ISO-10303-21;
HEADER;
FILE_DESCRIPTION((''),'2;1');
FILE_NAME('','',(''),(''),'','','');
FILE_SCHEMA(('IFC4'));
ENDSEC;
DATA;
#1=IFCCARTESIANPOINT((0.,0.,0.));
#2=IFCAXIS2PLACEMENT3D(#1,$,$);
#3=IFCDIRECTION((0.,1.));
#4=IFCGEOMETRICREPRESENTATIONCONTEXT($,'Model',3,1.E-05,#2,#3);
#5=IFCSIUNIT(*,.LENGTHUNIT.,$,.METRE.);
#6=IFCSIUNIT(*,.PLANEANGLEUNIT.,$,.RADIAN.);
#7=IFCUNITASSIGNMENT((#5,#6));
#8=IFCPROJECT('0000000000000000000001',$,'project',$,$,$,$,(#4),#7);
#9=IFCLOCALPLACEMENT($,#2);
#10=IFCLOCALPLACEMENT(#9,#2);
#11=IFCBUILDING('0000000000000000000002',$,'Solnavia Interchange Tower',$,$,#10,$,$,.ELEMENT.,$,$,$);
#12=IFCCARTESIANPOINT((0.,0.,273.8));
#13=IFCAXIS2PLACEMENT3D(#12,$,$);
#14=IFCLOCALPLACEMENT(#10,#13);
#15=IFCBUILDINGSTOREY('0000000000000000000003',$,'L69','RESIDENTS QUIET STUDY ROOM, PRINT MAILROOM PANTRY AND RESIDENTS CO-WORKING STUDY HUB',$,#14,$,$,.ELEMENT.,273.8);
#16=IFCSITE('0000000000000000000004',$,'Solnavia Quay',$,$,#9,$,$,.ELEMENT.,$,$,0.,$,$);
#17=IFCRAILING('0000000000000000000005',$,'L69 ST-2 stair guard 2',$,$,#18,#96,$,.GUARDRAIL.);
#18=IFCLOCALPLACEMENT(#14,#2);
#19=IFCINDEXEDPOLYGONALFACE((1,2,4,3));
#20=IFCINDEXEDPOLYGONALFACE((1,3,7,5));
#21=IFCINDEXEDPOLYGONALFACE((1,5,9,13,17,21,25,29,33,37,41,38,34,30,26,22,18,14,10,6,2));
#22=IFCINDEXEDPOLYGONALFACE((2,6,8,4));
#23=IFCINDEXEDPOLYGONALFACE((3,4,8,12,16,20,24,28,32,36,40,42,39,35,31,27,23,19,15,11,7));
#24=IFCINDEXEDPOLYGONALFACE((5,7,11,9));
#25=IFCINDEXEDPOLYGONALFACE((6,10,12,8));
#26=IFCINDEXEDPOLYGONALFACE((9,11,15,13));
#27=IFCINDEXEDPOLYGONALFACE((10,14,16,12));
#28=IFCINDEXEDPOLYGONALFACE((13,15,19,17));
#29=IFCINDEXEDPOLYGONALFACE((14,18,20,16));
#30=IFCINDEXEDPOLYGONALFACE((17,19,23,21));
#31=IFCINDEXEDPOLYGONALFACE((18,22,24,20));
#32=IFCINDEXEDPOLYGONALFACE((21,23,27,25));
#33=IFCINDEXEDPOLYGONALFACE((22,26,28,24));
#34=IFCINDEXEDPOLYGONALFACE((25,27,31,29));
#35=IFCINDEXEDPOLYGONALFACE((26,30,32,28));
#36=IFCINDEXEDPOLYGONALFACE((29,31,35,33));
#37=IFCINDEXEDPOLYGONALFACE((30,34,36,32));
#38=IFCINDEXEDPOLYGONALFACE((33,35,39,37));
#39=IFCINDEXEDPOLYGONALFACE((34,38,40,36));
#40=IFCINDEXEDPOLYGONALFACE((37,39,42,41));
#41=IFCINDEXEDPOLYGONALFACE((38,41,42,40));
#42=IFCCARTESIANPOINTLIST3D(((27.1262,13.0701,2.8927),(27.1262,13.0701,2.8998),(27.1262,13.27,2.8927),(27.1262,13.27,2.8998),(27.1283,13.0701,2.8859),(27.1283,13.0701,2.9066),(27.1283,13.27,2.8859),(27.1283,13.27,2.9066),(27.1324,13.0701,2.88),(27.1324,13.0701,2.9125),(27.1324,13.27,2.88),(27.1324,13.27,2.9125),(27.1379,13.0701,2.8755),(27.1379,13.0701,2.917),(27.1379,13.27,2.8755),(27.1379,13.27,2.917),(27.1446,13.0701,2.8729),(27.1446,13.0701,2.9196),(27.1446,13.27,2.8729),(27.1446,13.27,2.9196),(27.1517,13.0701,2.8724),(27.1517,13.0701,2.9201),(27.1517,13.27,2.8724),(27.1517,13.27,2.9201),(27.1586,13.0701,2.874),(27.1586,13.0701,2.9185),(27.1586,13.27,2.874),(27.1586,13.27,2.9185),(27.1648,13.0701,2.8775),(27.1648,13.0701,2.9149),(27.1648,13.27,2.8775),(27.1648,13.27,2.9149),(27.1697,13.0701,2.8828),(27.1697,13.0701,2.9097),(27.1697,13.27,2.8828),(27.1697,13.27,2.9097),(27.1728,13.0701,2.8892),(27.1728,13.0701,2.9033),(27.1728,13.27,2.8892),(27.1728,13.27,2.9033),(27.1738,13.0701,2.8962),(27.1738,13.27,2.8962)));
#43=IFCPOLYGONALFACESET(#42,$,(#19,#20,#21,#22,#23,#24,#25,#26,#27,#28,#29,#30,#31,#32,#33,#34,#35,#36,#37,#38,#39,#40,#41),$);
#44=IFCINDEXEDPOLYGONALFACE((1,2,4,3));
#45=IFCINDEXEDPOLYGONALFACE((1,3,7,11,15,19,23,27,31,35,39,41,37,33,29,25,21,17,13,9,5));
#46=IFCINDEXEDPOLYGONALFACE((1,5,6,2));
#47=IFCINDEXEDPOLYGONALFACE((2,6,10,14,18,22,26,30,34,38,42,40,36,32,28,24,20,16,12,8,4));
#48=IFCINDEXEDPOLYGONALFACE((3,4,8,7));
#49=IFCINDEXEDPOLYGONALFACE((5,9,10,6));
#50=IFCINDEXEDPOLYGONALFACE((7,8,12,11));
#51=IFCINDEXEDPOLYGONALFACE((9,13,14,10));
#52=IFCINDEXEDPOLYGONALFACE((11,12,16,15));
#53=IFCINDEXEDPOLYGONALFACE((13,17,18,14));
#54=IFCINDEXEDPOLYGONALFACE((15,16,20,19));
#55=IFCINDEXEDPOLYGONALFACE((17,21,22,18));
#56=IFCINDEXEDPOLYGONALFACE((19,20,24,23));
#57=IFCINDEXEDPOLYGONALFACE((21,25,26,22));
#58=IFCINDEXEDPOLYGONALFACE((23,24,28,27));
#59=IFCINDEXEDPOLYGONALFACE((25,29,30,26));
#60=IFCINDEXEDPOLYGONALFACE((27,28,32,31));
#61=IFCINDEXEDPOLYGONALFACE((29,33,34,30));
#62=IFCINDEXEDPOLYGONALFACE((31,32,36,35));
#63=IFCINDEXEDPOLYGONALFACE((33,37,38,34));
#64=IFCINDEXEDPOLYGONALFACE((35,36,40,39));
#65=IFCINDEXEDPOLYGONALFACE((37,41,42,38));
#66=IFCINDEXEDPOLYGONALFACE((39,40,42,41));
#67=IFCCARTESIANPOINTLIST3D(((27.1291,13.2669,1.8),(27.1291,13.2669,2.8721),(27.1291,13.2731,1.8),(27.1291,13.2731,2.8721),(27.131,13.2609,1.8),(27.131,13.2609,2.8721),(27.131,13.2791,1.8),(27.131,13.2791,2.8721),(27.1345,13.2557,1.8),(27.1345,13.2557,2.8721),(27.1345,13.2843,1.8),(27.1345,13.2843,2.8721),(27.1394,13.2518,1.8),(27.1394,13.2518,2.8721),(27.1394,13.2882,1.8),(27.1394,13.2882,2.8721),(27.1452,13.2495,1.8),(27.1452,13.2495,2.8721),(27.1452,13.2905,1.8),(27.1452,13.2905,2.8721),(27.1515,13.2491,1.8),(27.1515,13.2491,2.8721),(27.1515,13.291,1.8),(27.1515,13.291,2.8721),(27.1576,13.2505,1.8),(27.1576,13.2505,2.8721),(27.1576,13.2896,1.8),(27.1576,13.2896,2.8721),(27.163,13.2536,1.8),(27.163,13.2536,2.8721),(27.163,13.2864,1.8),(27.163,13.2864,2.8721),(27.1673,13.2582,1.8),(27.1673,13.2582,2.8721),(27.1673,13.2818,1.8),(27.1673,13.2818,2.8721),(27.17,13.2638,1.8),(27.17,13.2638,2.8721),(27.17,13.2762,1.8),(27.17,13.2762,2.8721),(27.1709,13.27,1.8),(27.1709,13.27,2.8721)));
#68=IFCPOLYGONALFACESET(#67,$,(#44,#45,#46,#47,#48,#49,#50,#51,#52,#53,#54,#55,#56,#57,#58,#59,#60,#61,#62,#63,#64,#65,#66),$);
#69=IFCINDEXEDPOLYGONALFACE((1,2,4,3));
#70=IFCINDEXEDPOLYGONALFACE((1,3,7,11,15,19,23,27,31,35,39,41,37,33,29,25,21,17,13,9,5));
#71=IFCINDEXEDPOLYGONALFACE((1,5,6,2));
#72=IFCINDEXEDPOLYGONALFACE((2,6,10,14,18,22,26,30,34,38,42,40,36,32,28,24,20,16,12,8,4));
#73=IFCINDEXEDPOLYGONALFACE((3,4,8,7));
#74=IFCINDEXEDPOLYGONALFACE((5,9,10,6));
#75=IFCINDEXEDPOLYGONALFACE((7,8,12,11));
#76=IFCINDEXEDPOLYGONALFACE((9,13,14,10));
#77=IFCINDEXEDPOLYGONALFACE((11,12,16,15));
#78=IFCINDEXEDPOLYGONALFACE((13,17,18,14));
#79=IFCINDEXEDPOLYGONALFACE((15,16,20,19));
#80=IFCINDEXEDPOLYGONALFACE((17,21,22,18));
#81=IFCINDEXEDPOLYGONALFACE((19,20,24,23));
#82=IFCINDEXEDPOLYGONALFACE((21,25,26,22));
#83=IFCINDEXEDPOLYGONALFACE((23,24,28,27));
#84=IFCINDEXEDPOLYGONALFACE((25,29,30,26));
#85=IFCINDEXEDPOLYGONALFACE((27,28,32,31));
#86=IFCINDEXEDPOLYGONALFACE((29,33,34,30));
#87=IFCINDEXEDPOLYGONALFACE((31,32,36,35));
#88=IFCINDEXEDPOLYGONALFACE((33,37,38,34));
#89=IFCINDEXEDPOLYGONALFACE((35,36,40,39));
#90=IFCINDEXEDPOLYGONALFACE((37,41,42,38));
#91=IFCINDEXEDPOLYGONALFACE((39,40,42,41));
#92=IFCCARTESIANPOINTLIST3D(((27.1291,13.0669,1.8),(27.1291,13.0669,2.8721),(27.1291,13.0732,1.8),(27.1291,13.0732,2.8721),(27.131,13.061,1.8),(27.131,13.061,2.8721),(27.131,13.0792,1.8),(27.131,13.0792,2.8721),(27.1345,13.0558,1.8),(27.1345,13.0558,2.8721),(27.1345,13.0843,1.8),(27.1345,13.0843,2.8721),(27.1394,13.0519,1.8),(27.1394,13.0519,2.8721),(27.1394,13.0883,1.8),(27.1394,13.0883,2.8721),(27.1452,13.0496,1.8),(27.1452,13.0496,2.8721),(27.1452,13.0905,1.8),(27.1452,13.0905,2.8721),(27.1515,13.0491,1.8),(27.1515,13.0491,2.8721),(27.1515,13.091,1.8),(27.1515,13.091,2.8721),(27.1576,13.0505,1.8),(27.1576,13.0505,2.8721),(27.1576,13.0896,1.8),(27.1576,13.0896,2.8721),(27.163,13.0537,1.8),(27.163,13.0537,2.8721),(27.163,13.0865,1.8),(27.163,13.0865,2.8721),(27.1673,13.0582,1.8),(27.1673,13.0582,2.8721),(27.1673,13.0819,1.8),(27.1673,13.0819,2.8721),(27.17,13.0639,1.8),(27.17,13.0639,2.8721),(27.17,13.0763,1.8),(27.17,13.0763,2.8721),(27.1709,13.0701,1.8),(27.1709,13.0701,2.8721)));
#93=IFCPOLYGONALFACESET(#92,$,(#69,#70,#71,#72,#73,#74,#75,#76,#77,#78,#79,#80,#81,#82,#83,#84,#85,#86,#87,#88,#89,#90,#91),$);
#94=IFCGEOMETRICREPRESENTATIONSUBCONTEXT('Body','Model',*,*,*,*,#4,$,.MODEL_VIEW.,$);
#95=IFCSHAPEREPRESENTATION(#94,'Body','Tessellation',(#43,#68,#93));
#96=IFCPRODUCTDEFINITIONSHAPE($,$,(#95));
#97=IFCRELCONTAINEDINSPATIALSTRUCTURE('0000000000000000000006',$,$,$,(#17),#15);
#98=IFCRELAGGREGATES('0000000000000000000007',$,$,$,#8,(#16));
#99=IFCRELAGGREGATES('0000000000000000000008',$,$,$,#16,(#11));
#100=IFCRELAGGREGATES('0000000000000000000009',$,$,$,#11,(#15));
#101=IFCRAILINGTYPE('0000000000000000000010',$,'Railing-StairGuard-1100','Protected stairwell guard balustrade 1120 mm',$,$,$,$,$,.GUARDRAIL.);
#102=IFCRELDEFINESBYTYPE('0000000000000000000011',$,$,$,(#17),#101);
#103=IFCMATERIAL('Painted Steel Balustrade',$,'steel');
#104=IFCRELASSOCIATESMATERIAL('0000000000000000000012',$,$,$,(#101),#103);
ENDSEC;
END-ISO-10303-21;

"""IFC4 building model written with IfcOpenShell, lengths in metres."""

from ifc_helpers import new_model, si_unit, direction, frame, origin, origin_2d, place, context, subcontext, project, spatial, circle, extrude, material, type_object, element, save


model = new_model("IFC4")

# Units and contexts
model_context = context("Model", 3, precision=1e-05, world=origin(), true_north=direction((0.0, 1.0)))
body_context = subcontext(model_context, "Body", "Model", "MODEL_VIEW")
ifc_project = project(units=[si_unit("LENGTHUNIT", "METRE"), si_unit("PLANEANGLEUNIT", "RADIAN")], contexts=[model_context])

# Site, building, storey
site_placement = place(None, origin())
site = spatial("IfcSite", under=ifc_project, at=site_placement, Name="Solnavia Quay", CompositionType="ELEMENT", RefElevation=0.0)
building_placement = place(site_placement, origin())
building = spatial("IfcBuilding", under=site, at=building_placement, Name="Solnavia Interchange Tower", CompositionType="ELEMENT")
storey_placement = place(building_placement, frame((0.0, 0.0, 273.8)))
storey = spatial("IfcBuildingStorey", under=building, at=storey_placement, Name="L69", Description="RESIDENTS QUIET STUDY ROOM, PRINT MAILROOM PANTRY AND RESIDENTS CO-WORKING STUDY HUB", CompositionType="ELEMENT", Elevation=273.8)

# Railing
ifc_material_1 = material(Name="Painted Steel Balustrade", Category="steel")
railing_type_1 = type_object("IfcRailingType", Name="Railing-StairGuard-1100", Description="Protected stairwell guard balustrade 1120 mm", PredefinedType="GUARDRAIL", material=ifc_material_1)
railing_1_placement = place(storey_placement, frame((27.1499, 13.27, 1.8)))
element("IfcRailing", 1, at=railing_1_placement, inside=storey, type_object=railing_type_1, Name="L69 ST-2 stair guard 2", PredefinedType="GUARDRAIL", context=body_context, shape_type="SweptSolid", body=[
    extrude(circle(Radius=0.0239, at=origin_2d()), frame((0.0, 0.0, 1.0962), z_axis=(0.0, -1.0, 0.0), x_axis=(1.0, 0.0, 0.0)), (0.0, 0.0, 1.0), 0.2),
    extrude(circle(Radius=0.021, at=origin_2d()), origin(), (0.0, 0.0, 1.0), 1.072),
    extrude(circle(Radius=0.021, at=origin_2d()), frame((0.0, -0.2, 0.0)), (0.0, 0.0, 1.0), 1.072),
])

save(model, "model.ifc")
